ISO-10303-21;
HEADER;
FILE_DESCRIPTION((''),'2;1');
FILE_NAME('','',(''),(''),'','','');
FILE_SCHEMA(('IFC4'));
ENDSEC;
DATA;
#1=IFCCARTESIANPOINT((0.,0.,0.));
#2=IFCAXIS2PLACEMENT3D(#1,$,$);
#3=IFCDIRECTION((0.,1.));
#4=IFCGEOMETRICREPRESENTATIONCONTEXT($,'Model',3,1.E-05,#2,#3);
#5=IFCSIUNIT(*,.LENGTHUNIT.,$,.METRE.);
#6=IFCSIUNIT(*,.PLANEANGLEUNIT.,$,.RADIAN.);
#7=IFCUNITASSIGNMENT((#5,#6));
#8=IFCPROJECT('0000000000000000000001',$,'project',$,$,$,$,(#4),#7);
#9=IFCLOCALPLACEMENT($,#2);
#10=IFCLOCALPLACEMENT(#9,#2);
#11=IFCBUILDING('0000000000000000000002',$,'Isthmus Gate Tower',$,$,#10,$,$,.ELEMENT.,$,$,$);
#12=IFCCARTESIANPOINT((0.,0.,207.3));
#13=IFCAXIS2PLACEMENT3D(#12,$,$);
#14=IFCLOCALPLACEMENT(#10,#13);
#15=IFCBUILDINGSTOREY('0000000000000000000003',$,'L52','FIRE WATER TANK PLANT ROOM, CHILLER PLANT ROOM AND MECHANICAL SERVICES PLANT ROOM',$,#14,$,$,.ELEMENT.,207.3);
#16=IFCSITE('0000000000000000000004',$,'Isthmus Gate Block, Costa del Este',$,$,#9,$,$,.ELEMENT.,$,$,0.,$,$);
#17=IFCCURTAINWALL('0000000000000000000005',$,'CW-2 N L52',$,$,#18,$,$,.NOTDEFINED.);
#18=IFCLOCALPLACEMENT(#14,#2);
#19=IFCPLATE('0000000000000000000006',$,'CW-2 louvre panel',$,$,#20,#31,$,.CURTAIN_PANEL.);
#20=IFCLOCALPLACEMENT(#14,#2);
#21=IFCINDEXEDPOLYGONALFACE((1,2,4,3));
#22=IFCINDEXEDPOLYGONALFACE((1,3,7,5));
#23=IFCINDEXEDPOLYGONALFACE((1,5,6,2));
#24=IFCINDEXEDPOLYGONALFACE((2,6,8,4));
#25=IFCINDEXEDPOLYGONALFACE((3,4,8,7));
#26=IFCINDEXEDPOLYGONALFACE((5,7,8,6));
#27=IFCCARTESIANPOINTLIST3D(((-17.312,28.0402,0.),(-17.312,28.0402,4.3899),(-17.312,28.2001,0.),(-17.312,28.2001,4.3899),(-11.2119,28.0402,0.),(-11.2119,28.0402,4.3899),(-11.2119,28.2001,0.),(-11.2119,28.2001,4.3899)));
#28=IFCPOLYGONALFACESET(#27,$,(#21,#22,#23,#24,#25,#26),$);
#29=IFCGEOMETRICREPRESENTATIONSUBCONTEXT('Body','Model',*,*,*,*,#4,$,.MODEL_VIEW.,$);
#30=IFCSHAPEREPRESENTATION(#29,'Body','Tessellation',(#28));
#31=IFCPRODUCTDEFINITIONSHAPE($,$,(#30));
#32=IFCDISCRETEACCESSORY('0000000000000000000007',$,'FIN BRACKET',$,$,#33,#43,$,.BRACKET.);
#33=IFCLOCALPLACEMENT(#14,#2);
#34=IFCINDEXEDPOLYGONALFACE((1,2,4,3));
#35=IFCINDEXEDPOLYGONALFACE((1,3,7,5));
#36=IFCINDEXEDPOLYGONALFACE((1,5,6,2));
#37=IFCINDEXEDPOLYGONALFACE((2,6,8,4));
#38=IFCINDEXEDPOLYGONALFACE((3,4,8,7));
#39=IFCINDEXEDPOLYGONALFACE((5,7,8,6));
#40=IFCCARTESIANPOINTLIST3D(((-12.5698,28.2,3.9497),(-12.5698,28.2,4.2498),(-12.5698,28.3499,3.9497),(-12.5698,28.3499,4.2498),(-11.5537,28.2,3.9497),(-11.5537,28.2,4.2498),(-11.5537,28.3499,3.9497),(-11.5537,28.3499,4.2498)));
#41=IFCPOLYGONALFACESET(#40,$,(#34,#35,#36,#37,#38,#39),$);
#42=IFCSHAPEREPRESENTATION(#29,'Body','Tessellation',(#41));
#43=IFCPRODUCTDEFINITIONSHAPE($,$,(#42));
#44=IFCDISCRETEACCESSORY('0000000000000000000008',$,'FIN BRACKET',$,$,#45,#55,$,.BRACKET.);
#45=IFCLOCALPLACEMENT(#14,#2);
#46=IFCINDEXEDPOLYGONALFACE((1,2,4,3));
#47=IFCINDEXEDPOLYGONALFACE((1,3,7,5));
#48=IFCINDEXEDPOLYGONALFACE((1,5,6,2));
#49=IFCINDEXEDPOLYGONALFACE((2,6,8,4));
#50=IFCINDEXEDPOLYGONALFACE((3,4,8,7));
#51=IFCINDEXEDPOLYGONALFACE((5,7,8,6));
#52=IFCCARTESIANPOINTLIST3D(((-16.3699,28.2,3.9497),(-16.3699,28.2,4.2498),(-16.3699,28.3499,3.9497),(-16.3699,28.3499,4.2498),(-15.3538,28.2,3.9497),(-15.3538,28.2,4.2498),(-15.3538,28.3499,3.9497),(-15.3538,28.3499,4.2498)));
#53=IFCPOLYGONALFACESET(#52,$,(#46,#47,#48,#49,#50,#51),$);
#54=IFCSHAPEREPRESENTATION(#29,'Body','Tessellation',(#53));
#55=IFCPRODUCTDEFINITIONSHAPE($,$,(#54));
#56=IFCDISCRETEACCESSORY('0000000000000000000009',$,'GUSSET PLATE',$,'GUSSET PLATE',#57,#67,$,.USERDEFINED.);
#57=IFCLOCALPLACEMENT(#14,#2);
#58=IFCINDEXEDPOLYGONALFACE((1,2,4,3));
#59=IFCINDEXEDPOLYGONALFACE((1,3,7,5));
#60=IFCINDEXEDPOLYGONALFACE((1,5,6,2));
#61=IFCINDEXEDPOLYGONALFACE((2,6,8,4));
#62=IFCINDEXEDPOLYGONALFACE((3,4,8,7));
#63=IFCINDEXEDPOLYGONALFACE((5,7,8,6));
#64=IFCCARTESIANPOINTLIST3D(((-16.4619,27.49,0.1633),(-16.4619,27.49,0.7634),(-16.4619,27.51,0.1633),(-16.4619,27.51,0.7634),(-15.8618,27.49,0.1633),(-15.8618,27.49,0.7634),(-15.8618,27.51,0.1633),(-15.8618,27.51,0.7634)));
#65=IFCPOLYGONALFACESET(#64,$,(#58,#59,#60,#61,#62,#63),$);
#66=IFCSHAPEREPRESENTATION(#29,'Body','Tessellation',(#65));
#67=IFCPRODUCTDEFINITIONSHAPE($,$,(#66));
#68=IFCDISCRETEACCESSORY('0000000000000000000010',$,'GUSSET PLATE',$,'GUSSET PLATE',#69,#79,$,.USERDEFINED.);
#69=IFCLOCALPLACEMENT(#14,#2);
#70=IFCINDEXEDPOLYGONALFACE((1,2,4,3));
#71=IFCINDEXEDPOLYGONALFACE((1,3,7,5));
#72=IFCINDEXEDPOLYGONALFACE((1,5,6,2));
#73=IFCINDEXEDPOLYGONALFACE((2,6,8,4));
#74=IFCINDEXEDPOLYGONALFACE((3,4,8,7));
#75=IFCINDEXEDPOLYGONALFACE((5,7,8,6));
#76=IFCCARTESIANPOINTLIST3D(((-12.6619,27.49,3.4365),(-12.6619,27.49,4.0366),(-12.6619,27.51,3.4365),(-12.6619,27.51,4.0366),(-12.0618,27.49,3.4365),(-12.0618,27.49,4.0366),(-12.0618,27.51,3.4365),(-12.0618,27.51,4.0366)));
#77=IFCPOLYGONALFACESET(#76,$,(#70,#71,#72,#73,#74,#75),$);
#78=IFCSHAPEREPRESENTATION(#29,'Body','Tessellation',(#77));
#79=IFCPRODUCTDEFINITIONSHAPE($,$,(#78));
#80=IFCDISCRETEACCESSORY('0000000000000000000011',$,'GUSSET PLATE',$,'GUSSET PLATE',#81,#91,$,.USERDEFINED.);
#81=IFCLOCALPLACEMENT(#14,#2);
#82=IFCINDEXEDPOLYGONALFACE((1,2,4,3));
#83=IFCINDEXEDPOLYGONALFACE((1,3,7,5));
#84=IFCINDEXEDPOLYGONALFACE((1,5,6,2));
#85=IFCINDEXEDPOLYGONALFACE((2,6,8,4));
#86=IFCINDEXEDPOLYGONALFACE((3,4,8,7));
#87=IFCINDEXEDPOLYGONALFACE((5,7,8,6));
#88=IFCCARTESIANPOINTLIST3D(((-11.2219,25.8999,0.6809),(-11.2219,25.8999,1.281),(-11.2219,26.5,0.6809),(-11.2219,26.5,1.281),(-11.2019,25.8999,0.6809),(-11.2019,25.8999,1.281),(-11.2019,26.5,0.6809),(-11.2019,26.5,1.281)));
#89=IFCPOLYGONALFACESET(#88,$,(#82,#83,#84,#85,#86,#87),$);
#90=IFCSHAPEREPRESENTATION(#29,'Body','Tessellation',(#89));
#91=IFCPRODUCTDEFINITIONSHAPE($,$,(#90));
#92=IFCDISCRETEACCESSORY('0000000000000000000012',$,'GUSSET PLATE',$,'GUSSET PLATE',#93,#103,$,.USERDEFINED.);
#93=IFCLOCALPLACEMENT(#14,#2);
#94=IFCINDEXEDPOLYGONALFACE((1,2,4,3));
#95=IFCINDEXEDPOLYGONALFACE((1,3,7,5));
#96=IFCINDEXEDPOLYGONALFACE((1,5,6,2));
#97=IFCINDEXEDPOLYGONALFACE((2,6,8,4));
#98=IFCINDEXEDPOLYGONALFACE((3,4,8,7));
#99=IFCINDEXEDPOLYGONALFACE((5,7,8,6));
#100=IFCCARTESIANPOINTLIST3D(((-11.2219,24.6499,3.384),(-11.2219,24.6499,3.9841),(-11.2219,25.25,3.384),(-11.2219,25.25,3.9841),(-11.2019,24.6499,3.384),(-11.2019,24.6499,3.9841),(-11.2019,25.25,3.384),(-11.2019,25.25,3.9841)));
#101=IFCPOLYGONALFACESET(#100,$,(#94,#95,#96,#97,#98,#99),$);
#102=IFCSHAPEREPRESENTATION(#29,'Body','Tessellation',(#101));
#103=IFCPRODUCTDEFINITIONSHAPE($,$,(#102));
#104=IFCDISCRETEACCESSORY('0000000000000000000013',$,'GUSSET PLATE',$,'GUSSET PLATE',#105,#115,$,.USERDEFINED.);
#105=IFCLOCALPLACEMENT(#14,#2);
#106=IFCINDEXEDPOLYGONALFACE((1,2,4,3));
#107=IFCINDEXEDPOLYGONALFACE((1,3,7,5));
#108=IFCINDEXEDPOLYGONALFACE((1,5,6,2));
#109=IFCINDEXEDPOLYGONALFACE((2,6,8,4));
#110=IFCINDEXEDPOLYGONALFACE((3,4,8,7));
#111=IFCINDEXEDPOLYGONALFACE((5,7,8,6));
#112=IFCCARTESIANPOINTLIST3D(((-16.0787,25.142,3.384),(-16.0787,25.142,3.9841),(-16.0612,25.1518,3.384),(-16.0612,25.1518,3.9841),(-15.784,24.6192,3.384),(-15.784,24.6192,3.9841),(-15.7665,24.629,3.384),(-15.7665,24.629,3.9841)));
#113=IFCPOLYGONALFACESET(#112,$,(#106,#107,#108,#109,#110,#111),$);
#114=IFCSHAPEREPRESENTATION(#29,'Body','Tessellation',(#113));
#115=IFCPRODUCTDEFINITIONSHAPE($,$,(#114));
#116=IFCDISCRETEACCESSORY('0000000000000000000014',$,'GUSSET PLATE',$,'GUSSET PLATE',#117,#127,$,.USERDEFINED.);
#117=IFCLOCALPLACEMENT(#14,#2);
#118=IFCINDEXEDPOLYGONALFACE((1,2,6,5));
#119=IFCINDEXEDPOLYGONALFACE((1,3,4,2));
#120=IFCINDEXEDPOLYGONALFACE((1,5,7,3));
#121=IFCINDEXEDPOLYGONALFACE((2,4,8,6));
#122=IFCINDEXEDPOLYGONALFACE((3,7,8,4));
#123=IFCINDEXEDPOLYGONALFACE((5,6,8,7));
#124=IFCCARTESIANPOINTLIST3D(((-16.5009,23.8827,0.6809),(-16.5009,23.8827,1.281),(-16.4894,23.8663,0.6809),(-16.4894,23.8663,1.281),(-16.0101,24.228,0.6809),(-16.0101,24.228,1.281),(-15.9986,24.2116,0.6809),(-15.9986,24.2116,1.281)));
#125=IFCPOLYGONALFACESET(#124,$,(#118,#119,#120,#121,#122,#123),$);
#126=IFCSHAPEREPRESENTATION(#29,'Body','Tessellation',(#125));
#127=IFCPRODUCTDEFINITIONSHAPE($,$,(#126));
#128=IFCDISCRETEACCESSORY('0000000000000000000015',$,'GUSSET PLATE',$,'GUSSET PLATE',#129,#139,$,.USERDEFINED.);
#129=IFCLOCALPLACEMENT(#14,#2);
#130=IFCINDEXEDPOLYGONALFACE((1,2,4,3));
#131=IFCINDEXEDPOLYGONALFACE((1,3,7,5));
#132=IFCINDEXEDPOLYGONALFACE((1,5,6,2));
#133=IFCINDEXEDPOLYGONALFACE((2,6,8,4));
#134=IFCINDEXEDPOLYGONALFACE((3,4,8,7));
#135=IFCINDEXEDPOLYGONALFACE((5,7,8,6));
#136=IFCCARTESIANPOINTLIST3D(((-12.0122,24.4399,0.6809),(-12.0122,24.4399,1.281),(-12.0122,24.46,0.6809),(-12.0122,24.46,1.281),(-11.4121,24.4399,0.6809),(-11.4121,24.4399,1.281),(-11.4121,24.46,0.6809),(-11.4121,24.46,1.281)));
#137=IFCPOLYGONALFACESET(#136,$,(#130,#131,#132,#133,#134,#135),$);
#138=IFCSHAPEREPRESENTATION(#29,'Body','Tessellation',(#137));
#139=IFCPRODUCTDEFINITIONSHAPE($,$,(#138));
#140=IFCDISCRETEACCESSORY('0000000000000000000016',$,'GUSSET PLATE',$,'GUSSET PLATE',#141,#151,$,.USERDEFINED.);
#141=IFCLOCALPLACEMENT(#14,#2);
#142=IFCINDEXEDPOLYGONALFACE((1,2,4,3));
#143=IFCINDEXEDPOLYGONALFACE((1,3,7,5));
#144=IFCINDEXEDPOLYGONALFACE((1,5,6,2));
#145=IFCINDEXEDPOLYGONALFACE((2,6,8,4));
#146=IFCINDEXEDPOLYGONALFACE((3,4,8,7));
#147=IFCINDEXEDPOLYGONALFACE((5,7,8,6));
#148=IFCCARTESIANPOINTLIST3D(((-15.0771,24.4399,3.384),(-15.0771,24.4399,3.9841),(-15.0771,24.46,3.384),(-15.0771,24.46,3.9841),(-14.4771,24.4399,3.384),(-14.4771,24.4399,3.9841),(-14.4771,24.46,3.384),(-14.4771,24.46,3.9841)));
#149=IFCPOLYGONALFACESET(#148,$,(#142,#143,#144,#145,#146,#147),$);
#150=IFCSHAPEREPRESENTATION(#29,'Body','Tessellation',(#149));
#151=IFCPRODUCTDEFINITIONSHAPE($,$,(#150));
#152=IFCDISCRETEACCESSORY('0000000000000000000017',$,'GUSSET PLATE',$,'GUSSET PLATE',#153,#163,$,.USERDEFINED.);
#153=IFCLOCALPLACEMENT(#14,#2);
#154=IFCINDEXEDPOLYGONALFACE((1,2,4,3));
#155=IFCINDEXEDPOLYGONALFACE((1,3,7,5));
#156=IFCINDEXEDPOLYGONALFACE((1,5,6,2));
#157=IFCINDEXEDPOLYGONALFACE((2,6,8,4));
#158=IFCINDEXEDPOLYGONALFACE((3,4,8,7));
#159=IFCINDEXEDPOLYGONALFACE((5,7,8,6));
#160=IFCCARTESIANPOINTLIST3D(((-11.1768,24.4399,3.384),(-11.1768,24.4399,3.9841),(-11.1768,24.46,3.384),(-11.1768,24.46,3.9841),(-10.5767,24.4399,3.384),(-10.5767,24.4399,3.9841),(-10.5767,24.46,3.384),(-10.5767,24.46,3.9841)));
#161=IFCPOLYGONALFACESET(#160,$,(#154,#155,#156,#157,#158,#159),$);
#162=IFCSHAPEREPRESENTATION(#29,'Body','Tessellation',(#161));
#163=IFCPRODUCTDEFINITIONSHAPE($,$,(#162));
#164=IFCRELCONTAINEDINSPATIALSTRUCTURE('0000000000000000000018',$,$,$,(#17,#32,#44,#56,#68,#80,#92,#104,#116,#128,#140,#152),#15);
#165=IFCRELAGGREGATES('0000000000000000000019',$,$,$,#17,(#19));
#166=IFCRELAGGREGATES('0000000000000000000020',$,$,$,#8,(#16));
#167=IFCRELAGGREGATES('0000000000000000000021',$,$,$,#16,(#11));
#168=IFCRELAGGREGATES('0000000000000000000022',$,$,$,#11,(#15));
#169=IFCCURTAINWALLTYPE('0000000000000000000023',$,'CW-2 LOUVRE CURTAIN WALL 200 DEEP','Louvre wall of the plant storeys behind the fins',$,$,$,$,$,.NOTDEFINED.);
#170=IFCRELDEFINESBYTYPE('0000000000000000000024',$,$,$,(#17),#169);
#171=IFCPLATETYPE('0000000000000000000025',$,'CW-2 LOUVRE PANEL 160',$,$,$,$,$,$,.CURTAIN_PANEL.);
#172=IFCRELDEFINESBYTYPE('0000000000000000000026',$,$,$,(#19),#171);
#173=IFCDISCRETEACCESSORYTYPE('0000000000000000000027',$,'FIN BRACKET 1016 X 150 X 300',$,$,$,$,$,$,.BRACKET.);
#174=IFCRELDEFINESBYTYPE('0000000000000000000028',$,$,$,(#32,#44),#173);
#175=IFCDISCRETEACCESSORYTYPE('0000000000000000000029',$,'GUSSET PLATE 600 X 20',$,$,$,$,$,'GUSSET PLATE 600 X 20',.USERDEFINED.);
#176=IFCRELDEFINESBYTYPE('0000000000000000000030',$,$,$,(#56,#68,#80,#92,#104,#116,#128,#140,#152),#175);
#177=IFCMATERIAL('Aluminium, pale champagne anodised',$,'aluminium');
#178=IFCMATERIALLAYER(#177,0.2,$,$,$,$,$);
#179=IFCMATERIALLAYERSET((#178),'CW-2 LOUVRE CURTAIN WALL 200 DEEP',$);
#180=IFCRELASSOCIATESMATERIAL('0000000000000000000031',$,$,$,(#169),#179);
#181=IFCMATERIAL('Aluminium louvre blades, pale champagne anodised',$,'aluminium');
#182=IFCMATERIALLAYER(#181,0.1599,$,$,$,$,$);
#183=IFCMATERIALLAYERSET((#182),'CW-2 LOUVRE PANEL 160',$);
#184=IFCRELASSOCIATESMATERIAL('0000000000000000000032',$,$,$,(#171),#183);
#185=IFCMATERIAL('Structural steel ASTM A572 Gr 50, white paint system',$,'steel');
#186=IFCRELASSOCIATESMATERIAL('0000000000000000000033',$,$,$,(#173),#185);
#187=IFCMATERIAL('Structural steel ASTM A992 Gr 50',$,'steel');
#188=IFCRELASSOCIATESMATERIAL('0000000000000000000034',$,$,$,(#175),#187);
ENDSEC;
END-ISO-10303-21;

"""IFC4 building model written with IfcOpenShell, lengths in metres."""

from ifc_helpers import new_model, si_unit, direction, frame, origin, origin_2d, place, context, subcontext, project, spatial, rectangle, extrude, material, layer, layer_set, type_object, element, aggregate, save


model = new_model("IFC4")

# Units and contexts
model_context = context("Model", 3, precision=1e-05, world=origin(), true_north=direction((0.0, 1.0)))
body_context = subcontext(model_context, "Body", "Model", "MODEL_VIEW")
ifc_project = project(units=[si_unit("LENGTHUNIT", "METRE"), si_unit("PLANEANGLEUNIT", "RADIAN")], contexts=[model_context])

# Site, building, storey
site_placement = place(None, origin())
site = spatial("IfcSite", under=ifc_project, at=site_placement, Name="Isthmus Gate Block, Costa del Este", CompositionType="ELEMENT", RefElevation=0.0)
building_placement = place(site_placement, origin())
building = spatial("IfcBuilding", under=site, at=building_placement, Name="Isthmus Gate Tower", CompositionType="ELEMENT")
storey_placement = place(building_placement, frame((0.0, 0.0, 207.3)))
storey = spatial("IfcBuildingStorey", under=building, at=storey_placement, Name="L52", Description="FIRE WATER TANK PLANT ROOM, CHILLER PLANT ROOM AND MECHANICAL SERVICES PLANT ROOM", CompositionType="ELEMENT", Elevation=207.3)

# Curtain wall
ifc_material_1 = material(Name="Aluminium, pale champagne anodised", Category="aluminium")
ifc_layer_1 = layer(ifc_material_1, 0.2)
ifc_layer_set_1 = layer_set([ifc_layer_1], Name="CW-2 LOUVRE CURTAIN WALL 200 DEEP")
curtain_wall_type = type_object("IfcCurtainWallType", Name="CW-2 LOUVRE CURTAIN WALL 200 DEEP", Description="Louvre wall of the plant storeys behind the fins", PredefinedType="NOTDEFINED", material=ifc_layer_set_1)
curtain_wall_placement = place(storey_placement, origin())
curtain_wall = element("IfcCurtainWall", 1, at=curtain_wall_placement, inside=storey, type_object=curtain_wall_type, Name="CW-2 N L52", PredefinedType="NOTDEFINED")

# Plate
ifc_material_2 = material(Name="Aluminium louvre blades, pale champagne anodised", Category="aluminium")
ifc_layer_2 = layer(ifc_material_2, 0.1599)
ifc_layer_set_2 = layer_set([ifc_layer_2], Name="CW-2 LOUVRE PANEL 160")
plate_type = type_object("IfcPlateType", Name="CW-2 LOUVRE PANEL 160", PredefinedType="CURTAIN_PANEL", material=ifc_layer_set_2)
plate_placement = place(storey_placement, frame((-14.262, 28.1201, 0.0), z_axis=(0.0, 0.0, 1.0), x_axis=(-1.0, 0.0, 0.0)))
plate = element("IfcPlate", 2, at=plate_placement, type_object=plate_type, Name="CW-2 louvre panel", PredefinedType="CURTAIN_PANEL", context=body_context, shape_type="SweptSolid", body=[
    extrude(rectangle(XDim=6.1001, YDim=0.1599, at=origin_2d()), origin(), (0.0, 0.0, 1.0), 4.3899),
])
aggregate(curtain_wall, [plate])

# Discrete accessories
ifc_material_3 = material(Name="Structural steel ASTM A572 Gr 50, white paint system", Category="steel")
discrete_accessory_type_1 = type_object("IfcDiscreteAccessoryType", Name="FIN BRACKET 1016 X 150 X 300", PredefinedType="BRACKET", material=ifc_material_3)
for number, where, z_axis, x_axis, name in (
    (3, (-12.0618, 28.2749, 3.9497), (0.0, 0.0, 1.0), (0.0, 1.0, 0.0), "FIN BRACKET"),
    (4, (-15.8618, 28.2749, 3.9497), (0.0, 0.0, 1.0), (0.0, 1.0, 0.0), "FIN BRACKET"),
):
    element("IfcDiscreteAccessory", number, at=place(storey_placement, frame(where, z_axis=z_axis, x_axis=x_axis)), inside=storey, type_object=discrete_accessory_type_1, Name=name, PredefinedType="BRACKET", context=body_context, shape_type="SweptSolid", body=[
        extrude(rectangle(XDim=0.1499, YDim=1.0161, at=origin_2d()), origin(), (0.0, 0.0, 1.0), 0.3),
    ])
ifc_material_4 = material(Name="Structural steel ASTM A992 Gr 50", Category="steel")
discrete_accessory_type_2 = type_object("IfcDiscreteAccessoryType", Name="GUSSET PLATE 600 X 20", ElementType="GUSSET PLATE 600 X 20", PredefinedType="USERDEFINED", material=ifc_material_4)
for number, where, z_axis, x_axis, name in (
    (5, (-16.1619, 27.5, 0.1633), (0.0, 0.0, 1.0), (1.0, 0.0, 0.0), "GUSSET PLATE"),
    (6, (-12.3618, 27.5, 3.4365), (0.0, 0.0, 1.0), (1.0, 0.0, 0.0), "GUSSET PLATE"),
    (7, (-11.2119, 26.2, 0.6809), (0.0, 0.0, 1.0), (0.0, -1.0, 0.0), "GUSSET PLATE"),
    (8, (-11.2119, 24.95, 3.384), (0.0, 0.0, 1.0), (0.0, -1.0, 0.0), "GUSSET PLATE"),
    (9, (-15.9226, 24.8855, 3.384), (0.0, 0.0, 1.0), (0.491069, -0.871121, 0.0), "GUSSET PLATE"),
    (10, (-16.2498, 24.0471, 0.6809), (0.0, 0.0, 1.0), (-0.81786, -0.575418, 0.0), "GUSSET PLATE"),
    (11, (-11.7122, 24.45, 0.6809), (0.0, 0.0, 1.0), (-1.0, 0.0, 0.0), "GUSSET PLATE"),
    (12, (-14.7771, 24.45, 3.384), (0.0, 0.0, 1.0), (-1.0, 0.0, 0.0), "GUSSET PLATE"),
    (13, (-10.8767, 24.45, 3.384), (0.0, 0.0, 1.0), (-1.0, 0.0, 0.0), "GUSSET PLATE"),
):
    element("IfcDiscreteAccessory", number, at=place(storey_placement, frame(where, z_axis=z_axis, x_axis=x_axis)), inside=storey, type_object=discrete_accessory_type_2, Name=name, ObjectType="GUSSET PLATE", PredefinedType="USERDEFINED", context=body_context, shape_type="SweptSolid", body=[
        extrude(rectangle(XDim=0.6001, YDim=0.02, at=origin_2d()), origin(), (0.0, 0.0, 1.0), 0.6001),
    ])

save(model, "model.ifc")
